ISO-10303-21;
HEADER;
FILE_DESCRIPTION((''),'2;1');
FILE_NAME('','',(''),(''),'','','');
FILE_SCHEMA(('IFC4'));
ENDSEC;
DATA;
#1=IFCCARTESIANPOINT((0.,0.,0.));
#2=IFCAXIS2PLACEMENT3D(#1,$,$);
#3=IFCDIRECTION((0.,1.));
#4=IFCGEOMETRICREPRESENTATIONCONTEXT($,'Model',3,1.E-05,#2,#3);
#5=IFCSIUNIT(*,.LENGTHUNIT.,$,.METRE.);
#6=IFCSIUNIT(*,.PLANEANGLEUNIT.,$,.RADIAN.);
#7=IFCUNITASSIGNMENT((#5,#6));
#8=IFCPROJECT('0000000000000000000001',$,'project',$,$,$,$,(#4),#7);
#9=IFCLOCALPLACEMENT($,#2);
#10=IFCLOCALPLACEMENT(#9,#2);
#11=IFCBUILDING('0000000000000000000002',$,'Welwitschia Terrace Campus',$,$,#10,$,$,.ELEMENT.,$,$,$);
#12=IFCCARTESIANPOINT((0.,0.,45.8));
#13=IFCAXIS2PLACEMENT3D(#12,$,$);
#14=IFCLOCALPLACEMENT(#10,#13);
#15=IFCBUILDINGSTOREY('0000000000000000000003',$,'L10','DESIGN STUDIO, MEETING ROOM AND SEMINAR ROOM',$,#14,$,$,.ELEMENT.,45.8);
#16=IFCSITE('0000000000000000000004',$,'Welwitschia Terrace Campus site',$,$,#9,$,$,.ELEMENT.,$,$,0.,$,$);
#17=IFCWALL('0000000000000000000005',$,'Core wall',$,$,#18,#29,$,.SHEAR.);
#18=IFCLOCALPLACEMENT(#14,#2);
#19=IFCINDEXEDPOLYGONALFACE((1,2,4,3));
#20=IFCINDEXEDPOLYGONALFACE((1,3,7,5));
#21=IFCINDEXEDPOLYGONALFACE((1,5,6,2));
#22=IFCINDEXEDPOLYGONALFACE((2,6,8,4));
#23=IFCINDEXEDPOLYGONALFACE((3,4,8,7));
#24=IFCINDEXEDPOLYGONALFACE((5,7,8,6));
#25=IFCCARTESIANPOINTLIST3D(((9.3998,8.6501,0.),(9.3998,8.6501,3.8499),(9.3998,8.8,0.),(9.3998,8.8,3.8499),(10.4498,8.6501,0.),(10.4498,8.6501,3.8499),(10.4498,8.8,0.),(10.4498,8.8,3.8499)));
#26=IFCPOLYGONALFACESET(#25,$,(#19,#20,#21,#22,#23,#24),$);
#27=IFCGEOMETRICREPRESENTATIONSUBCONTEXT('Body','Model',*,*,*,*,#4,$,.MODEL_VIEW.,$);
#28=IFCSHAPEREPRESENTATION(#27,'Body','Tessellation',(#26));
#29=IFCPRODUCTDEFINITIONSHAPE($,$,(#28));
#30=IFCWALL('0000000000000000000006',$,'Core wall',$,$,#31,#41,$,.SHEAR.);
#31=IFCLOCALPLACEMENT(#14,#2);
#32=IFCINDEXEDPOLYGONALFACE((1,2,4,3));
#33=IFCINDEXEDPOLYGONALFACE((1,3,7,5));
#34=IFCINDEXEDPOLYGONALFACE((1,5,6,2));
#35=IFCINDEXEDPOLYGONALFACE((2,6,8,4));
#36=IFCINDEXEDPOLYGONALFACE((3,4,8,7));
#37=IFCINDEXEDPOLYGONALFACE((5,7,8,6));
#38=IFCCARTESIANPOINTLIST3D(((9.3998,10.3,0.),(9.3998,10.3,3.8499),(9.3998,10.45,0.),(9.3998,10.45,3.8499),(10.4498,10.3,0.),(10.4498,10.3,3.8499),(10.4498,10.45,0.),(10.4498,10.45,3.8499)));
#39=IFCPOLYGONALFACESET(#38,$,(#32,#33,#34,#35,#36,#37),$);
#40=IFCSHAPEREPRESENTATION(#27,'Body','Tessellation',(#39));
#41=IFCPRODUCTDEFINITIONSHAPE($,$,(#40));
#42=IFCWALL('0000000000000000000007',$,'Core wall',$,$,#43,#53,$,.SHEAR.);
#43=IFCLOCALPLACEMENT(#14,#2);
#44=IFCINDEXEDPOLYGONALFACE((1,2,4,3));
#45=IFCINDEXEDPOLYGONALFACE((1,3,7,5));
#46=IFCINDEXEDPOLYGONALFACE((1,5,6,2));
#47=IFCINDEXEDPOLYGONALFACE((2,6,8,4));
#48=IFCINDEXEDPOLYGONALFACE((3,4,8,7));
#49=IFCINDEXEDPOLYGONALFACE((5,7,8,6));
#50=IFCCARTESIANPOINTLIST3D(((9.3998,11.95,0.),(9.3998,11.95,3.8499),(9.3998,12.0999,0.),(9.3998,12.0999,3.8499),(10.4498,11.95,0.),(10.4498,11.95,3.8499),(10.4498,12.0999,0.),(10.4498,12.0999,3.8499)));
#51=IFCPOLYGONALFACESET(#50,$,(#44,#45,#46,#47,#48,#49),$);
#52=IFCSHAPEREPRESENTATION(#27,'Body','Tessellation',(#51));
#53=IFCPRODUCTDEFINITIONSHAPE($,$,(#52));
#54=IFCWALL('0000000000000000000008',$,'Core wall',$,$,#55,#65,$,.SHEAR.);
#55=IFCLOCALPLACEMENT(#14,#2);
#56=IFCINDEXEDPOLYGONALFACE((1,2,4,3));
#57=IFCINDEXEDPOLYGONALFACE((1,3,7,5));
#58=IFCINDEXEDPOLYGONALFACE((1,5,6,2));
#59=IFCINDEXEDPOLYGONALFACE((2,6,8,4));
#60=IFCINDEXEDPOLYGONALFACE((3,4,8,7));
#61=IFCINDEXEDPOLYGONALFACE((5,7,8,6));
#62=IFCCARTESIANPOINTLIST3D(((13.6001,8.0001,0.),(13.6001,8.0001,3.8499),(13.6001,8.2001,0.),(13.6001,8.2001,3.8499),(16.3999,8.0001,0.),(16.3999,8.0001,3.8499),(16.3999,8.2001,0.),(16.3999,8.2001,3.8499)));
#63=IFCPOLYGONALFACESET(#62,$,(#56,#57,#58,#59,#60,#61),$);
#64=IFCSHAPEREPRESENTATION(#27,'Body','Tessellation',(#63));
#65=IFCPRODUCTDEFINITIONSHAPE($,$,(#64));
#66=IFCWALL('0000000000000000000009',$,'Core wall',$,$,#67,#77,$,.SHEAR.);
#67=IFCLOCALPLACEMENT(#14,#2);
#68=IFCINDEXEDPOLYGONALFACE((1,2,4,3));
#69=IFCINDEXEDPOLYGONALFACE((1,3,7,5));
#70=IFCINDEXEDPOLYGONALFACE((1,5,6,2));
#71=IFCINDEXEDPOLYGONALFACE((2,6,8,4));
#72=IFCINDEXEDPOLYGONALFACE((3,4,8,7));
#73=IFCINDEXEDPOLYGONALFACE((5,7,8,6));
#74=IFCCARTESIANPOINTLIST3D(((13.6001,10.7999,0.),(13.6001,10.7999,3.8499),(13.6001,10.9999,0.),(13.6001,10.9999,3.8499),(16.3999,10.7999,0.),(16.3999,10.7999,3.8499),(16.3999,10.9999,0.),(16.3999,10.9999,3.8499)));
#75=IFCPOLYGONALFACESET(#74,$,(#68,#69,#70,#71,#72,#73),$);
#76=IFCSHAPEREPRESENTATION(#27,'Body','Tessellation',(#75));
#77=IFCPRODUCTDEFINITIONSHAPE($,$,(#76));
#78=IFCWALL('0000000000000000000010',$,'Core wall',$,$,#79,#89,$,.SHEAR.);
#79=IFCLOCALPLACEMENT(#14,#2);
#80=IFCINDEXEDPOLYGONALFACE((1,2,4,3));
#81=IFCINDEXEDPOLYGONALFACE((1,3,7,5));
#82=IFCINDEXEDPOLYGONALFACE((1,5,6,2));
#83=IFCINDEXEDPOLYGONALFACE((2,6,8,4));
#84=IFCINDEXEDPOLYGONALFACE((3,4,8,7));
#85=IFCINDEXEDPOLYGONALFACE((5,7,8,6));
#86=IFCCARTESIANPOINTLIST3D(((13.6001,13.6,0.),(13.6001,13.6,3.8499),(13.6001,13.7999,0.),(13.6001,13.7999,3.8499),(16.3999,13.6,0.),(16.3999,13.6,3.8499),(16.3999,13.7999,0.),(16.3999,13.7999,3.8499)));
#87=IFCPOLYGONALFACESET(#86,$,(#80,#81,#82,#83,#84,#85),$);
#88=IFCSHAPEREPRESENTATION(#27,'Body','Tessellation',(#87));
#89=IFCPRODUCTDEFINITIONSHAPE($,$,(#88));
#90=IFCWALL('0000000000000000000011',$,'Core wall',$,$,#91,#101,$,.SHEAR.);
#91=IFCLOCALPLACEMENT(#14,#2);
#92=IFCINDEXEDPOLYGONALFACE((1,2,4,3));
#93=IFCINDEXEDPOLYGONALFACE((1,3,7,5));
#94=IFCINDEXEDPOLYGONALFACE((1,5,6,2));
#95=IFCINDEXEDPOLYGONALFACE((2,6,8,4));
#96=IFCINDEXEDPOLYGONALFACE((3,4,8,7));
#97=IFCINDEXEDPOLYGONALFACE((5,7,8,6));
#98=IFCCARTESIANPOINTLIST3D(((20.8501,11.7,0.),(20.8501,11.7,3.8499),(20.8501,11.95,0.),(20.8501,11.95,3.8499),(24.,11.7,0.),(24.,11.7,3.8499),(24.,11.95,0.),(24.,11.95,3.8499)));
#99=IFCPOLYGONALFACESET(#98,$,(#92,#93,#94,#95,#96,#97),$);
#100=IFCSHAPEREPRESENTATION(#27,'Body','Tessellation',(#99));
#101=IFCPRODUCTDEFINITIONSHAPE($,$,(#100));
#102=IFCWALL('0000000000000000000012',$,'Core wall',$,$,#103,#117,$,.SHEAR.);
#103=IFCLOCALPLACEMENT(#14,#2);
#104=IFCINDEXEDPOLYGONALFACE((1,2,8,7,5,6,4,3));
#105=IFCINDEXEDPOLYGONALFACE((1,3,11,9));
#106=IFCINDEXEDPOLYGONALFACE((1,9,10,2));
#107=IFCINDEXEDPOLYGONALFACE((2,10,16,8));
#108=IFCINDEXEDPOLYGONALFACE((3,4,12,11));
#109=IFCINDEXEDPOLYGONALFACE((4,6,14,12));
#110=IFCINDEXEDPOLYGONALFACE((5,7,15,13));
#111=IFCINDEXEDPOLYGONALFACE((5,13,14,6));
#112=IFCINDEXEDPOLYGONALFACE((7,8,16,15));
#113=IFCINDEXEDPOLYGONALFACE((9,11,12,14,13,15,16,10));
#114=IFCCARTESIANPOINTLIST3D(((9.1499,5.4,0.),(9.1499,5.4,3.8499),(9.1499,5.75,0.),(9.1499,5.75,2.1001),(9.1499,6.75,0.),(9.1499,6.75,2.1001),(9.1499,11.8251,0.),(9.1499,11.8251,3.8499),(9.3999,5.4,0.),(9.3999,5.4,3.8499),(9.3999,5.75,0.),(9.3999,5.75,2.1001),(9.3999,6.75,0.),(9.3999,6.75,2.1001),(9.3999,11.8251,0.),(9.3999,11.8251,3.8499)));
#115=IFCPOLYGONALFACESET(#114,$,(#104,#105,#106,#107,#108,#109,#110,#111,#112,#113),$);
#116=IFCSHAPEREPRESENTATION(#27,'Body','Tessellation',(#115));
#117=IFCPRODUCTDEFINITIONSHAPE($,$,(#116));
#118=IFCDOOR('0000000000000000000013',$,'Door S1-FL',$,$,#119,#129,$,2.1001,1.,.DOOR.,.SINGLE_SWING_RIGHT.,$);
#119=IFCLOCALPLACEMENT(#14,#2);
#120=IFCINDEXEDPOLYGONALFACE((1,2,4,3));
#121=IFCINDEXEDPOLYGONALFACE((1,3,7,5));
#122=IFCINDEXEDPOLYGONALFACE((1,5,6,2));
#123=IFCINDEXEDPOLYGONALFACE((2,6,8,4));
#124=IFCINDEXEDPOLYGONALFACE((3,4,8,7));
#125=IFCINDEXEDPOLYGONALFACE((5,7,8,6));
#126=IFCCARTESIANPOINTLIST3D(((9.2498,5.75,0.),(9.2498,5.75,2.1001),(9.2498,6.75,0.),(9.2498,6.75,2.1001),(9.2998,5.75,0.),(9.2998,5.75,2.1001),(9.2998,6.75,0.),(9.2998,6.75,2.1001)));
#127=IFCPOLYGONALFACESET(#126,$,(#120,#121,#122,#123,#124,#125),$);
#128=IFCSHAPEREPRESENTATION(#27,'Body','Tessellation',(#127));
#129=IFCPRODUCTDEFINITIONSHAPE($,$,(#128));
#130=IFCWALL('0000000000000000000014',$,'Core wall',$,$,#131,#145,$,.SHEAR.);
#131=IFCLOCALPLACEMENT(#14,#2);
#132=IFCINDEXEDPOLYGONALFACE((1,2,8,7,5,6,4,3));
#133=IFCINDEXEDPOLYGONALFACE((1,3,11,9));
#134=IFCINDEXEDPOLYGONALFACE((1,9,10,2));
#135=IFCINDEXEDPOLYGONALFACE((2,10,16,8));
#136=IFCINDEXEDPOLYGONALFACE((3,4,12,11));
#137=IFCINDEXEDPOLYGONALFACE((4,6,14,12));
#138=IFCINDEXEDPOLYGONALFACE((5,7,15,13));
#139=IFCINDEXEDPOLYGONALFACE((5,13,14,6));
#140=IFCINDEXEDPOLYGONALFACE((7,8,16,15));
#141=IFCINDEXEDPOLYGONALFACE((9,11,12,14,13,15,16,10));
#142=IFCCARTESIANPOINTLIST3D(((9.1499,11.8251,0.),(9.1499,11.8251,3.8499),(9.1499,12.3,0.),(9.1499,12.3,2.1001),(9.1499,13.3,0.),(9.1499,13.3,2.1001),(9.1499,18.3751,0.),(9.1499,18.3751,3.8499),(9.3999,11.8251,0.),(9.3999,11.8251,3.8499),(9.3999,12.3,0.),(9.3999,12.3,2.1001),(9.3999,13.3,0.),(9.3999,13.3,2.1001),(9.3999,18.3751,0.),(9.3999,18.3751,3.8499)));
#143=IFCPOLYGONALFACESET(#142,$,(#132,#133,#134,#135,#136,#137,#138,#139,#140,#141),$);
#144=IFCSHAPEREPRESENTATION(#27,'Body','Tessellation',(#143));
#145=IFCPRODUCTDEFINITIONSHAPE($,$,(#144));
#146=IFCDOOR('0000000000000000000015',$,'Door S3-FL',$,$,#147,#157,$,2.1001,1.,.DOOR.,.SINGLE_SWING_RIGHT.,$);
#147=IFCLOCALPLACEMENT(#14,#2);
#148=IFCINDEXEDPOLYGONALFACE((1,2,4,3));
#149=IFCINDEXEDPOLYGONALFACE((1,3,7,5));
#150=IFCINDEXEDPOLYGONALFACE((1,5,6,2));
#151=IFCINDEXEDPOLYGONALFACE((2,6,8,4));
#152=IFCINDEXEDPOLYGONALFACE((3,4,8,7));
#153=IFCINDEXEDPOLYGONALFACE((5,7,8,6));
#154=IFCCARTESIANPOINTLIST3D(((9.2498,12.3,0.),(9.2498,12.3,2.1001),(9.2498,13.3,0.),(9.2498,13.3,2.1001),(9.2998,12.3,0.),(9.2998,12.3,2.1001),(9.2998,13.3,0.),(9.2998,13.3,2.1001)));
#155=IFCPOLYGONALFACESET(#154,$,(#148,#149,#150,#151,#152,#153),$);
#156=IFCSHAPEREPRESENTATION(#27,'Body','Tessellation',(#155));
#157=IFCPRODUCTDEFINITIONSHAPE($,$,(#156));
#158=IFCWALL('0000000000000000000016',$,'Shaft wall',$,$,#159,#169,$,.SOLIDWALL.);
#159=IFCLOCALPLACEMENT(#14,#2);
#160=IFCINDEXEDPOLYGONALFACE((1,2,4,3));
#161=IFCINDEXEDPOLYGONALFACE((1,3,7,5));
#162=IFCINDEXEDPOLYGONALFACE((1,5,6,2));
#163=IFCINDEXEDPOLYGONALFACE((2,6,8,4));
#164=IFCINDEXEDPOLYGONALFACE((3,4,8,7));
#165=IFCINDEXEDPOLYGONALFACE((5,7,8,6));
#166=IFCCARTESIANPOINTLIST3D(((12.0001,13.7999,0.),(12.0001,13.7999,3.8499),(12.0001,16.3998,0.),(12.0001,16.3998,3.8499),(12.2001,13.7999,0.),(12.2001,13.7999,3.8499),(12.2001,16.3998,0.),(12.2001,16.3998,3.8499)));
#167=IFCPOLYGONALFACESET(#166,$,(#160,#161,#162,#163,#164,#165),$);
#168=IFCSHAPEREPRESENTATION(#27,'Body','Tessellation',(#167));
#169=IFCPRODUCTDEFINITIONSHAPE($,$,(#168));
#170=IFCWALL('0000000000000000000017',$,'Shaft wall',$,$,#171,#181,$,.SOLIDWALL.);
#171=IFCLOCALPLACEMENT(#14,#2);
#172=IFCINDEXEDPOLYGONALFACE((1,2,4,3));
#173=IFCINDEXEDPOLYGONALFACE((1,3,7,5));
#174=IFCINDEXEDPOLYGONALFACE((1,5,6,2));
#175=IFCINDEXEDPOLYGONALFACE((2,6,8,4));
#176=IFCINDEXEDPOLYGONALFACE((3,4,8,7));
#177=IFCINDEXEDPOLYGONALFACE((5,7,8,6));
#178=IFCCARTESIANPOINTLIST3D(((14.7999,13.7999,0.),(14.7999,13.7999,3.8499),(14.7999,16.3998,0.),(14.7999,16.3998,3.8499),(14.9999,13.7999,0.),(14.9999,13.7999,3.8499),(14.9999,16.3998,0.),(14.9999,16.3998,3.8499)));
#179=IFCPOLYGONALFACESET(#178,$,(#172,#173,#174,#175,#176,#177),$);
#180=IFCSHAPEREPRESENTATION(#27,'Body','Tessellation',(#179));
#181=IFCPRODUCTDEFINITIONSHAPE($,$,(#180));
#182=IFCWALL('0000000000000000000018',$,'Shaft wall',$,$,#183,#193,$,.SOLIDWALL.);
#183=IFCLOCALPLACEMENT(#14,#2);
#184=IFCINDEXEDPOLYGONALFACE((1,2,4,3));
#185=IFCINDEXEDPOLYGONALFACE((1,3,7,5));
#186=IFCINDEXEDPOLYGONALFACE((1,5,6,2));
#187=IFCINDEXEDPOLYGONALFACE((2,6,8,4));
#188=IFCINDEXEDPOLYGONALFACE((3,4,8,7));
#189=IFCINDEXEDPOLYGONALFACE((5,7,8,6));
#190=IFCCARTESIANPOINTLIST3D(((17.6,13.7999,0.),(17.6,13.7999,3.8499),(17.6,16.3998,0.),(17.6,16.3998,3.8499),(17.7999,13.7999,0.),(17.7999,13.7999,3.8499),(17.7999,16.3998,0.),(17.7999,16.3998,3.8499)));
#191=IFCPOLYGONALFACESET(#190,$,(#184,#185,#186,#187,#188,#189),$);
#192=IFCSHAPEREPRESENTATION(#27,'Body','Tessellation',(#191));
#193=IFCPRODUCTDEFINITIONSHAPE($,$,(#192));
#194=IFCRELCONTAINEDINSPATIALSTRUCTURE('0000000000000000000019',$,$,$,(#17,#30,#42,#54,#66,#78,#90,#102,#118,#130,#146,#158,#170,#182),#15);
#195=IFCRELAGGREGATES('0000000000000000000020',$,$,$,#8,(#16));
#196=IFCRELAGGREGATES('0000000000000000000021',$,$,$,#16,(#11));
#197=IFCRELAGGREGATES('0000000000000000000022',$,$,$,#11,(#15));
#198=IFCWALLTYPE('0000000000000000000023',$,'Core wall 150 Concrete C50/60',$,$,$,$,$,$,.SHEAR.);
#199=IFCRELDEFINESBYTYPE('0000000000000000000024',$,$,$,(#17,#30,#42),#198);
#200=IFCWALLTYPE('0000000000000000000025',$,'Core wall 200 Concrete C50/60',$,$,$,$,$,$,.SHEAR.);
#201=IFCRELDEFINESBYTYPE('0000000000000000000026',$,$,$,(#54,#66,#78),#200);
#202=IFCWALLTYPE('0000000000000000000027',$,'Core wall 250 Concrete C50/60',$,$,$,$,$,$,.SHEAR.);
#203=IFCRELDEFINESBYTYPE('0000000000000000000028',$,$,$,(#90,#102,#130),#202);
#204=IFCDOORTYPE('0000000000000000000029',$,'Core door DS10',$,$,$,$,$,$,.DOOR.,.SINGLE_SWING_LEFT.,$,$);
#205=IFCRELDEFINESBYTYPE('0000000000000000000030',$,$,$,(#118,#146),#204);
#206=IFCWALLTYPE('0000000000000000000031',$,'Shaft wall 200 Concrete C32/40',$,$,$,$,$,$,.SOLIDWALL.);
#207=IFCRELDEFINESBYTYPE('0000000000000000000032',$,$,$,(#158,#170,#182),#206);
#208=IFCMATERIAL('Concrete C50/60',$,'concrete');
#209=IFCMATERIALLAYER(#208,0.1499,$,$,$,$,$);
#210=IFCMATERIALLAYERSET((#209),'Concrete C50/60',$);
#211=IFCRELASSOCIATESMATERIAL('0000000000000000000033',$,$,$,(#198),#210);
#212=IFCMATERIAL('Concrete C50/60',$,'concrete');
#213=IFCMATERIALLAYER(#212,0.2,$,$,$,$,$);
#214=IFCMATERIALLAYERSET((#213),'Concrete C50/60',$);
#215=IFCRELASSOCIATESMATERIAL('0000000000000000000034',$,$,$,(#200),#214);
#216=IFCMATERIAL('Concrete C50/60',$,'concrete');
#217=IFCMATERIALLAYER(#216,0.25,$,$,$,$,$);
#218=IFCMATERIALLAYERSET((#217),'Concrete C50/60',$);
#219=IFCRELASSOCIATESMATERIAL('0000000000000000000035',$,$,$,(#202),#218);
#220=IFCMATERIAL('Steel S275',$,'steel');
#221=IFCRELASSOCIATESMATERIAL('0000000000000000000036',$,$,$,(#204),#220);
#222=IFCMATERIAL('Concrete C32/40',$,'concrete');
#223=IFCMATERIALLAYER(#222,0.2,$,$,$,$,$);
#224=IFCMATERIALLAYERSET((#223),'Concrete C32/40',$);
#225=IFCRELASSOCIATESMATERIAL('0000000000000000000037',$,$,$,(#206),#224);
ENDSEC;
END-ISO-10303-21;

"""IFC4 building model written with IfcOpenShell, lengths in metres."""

from ifc_helpers import new_model, si_unit, direction, frame, frame_2d, origin, place, context, subcontext, project, spatial, rectangle, extrude, material, layer, layer_set, type_object, element, fill, save


model = new_model("IFC4")

# Units and contexts
model_context = context("Model", 3, precision=1e-05, world=origin(), true_north=direction((0.0, 1.0)))
body_context = subcontext(model_context, "Body", "Model", "MODEL_VIEW")
ifc_project = project(units=[si_unit("LENGTHUNIT", "METRE"), si_unit("PLANEANGLEUNIT", "RADIAN")], contexts=[model_context])

# Site, building, storey
site_placement = place(None, origin())
site = spatial("IfcSite", under=ifc_project, at=site_placement, Name="Welwitschia Terrace Campus site", CompositionType="ELEMENT", RefElevation=0.0)
building_placement = place(site_placement, origin())
building = spatial("IfcBuilding", under=site, at=building_placement, Name="Welwitschia Terrace Campus", CompositionType="ELEMENT")
storey_placement = place(building_placement, frame((0.0, 0.0, 45.8)))
storey = spatial("IfcBuildingStorey", under=building, at=storey_placement, Name="L10", Description="DESIGN STUDIO, MEETING ROOM AND SEMINAR ROOM", CompositionType="ELEMENT", Elevation=45.8)

# Walls
ifc_material_1 = material(Name="Concrete C50/60", Category="concrete")
ifc_layer_1 = layer(ifc_material_1, 0.1499)
ifc_layer_set_1 = layer_set([ifc_layer_1], Name="Concrete C50/60")
wall_type_1 = type_object("IfcWallType", Name="Core wall 150 Concrete C50/60", PredefinedType="SHEAR", material=ifc_layer_set_1)
for number, where, z_axis, x_axis, name in (
    (1, (9.3999, 8.7251, 0.0), (0.0, 0.0, 1.0), (1.0, 0.0, 0.0), "Core wall"),
    (2, (9.3999, 10.375, 0.0), (0.0, 0.0, 1.0), (1.0, 0.0, 0.0), "Core wall"),
    (3, (9.3999, 12.0249, 0.0), (0.0, 0.0, 1.0), (1.0, 0.0, 0.0), "Core wall"),
):
    element("IfcWall", number, at=place(storey_placement, frame(where, z_axis=z_axis, x_axis=x_axis)), inside=storey, type_object=wall_type_1, Name=name, PredefinedType="SHEAR", context=body_context, shape_type="SweptSolid", body=[
        extrude(rectangle(XDim=1.05, YDim=0.1499, at=frame_2d((0.5249, 0.0))), origin(), (0.0, 0.0, 1.0), 3.8499),
    ])
ifc_material_2 = material(Name="Concrete C50/60", Category="concrete")
ifc_layer_2 = layer(ifc_material_2, 0.2)
ifc_layer_set_2 = layer_set([ifc_layer_2], Name="Concrete C50/60")
wall_type_2 = type_object("IfcWallType", Name="Core wall 200 Concrete C50/60", PredefinedType="SHEAR", material=ifc_layer_set_2)
for number, where, z_axis, x_axis, name in (
    (4, (13.6001, 8.1001, 0.0), (0.0, 0.0, 1.0), (1.0, 0.0, 0.0), "Core wall"),
    (5, (13.6001, 10.8999, 0.0), (0.0, 0.0, 1.0), (1.0, 0.0, 0.0), "Core wall"),
    (6, (13.6001, 13.7, 0.0), (0.0, 0.0, 1.0), (1.0, 0.0, 0.0), "Core wall"),
):
    element("IfcWall", number, at=place(storey_placement, frame(where, z_axis=z_axis, x_axis=x_axis)), inside=storey, type_object=wall_type_2, Name=name, PredefinedType="SHEAR", context=body_context, shape_type="SweptSolid", body=[
        extrude(rectangle(XDim=2.7998, YDim=0.2, at=frame_2d((1.3999, 0.0))), origin(), (0.0, 0.0, 1.0), 3.8499),
    ])
ifc_material_3 = material(Name="Concrete C50/60", Category="concrete")
ifc_layer_3 = layer(ifc_material_3, 0.25)
ifc_layer_set_3 = layer_set([ifc_layer_3], Name="Concrete C50/60")
wall_type_3 = type_object("IfcWallType", Name="Core wall 250 Concrete C50/60", PredefinedType="SHEAR", material=ifc_layer_set_3)
wall_1_placement = place(storey_placement, frame((20.8501, 11.825, 0.0), z_axis=(0.0, 0.0, 1.0), x_axis=(1.0, 0.0, 0.0)))
element("IfcWall", 7, at=wall_1_placement, inside=storey, type_object=wall_type_3, Name="Core wall", PredefinedType="SHEAR", context=body_context, shape_type="SweptSolid", body=[
    extrude(rectangle(XDim=3.1499, YDim=0.25, at=frame_2d((1.575, 0.0))), origin(), (0.0, 0.0, 1.0), 3.8499),
])

# Walls, openings, doors
wall_2_placement = place(storey_placement, frame((9.2749, 11.825, 0.0), z_axis=(0.0, 0.0, 1.0), x_axis=(0.0, -1.0, 0.0)))
wall_2 = element("IfcWall", 8, at=wall_2_placement, inside=storey, type_object=wall_type_3, Name="Core wall", PredefinedType="SHEAR", context=body_context, shape_type="SweptSolid", body=[
    extrude(rectangle(XDim=6.425, YDim=0.25, at=frame_2d((3.2124, 0.0))), origin(), (0.0, 0.0, 1.0), 3.8499),
])
opening_1_placement = place(wall_2_placement, frame((5.075, 0.0, 0.0)))
opening_1 = element("IfcOpeningElement", 9, at=opening_1_placement, cuts=wall_2, PredefinedType="OPENING", context=body_context, shape_type="SweptSolid", body=[
    extrude(rectangle(XDim=1.0, YDim=2.1001, at=frame_2d((0.5, 1.05))), frame((0.0, 0.135, 0.0), z_axis=(0.0, -1.0, 0.0), x_axis=(1.0, 0.0, 0.0)), (0.0, 0.0, 1.0), 0.27),
])
ifc_material_4 = material(Name="Steel S275", Category="steel")
door_type_1 = type_object("IfcDoorType", Name="Core door DS10", OperationType="SINGLE_SWING_LEFT", PredefinedType="DOOR", material=ifc_material_4)
door_1_placement = place(opening_1_placement, origin())
door_1 = element("IfcDoor", 10, at=door_1_placement, inside=storey, type_object=door_type_1, Name="Door S1-FL", OperationType="SINGLE_SWING_RIGHT", OverallHeight=2.1001, OverallWidth=1.0, PredefinedType="DOOR", context=body_context, shape_type="SweptSolid", body=[
    extrude(rectangle(XDim=1.0, YDim=2.1001, at=frame_2d((0.5, 1.05))), frame((0.0, 0.0249, 0.0), z_axis=(0.0, -1.0, 0.0), x_axis=(1.0, 0.0, 0.0)), (0.0, 0.0, 1.0), 0.05),
])
fill(opening_1, door_1)
wall_3_placement = place(storey_placement, frame((9.2749, 18.375, 0.0), z_axis=(0.0, 0.0, 1.0), x_axis=(0.0, -1.0, 0.0)))
wall_3 = element("IfcWall", 11, at=wall_3_placement, inside=storey, type_object=wall_type_3, Name="Core wall", PredefinedType="SHEAR", context=body_context, shape_type="SweptSolid", body=[
    extrude(rectangle(XDim=6.55, YDim=0.25, at=frame_2d((3.2749, 0.0))), origin(), (0.0, 0.0, 1.0), 3.8499),
])
opening_2_placement = place(wall_3_placement, frame((5.075, 0.0, 0.0)))
opening_2 = element("IfcOpeningElement", 12, at=opening_2_placement, cuts=wall_3, PredefinedType="OPENING", context=body_context, shape_type="SweptSolid", body=[
    extrude(rectangle(XDim=1.0, YDim=2.1001, at=frame_2d((0.5, 1.05))), frame((0.0, 0.135, 0.0), z_axis=(0.0, -1.0, 0.0), x_axis=(1.0, 0.0, 0.0)), (0.0, 0.0, 1.0), 0.27),
])
door_2_placement = place(opening_2_placement, origin())
door_2 = element("IfcDoor", 13, at=door_2_placement, inside=storey, type_object=door_type_1, Name="Door S3-FL", OperationType="SINGLE_SWING_RIGHT", OverallHeight=2.1001, OverallWidth=1.0, PredefinedType="DOOR", context=body_context, shape_type="SweptSolid", body=[
    extrude(rectangle(XDim=1.0, YDim=2.1001, at=frame_2d((0.5, 1.05))), frame((0.0, 0.0249, 0.0), z_axis=(0.0, -1.0, 0.0), x_axis=(1.0, 0.0, 0.0)), (0.0, 0.0, 1.0), 0.05),
])
fill(opening_2, door_2)

# Walls
ifc_material_5 = material(Name="Concrete C32/40", Category="concrete")
ifc_layer_4 = layer(ifc_material_5, 0.2)
ifc_layer_set_4 = layer_set([ifc_layer_4], Name="Concrete C32/40")
wall_type_4 = type_object("IfcWallType", Name="Shaft wall 200 Concrete C32/40", PredefinedType="SOLIDWALL", material=ifc_layer_set_4)
for number, where, z_axis, x_axis, name in (
    (14, (12.1001, 13.8, 0.0), (0.0, 0.0, 1.0), (0.0, 1.0, 0.0), "Shaft wall"),
    (15, (14.8999, 13.8, 0.0), (0.0, 0.0, 1.0), (0.0, 1.0, 0.0), "Shaft wall"),
    (16, (17.7, 13.8, 0.0), (0.0, 0.0, 1.0), (0.0, 1.0, 0.0), "Shaft wall"),
):
    element("IfcWall", number, at=place(storey_placement, frame(where, z_axis=z_axis, x_axis=x_axis)), inside=storey, type_object=wall_type_4, Name=name, PredefinedType="SOLIDWALL", context=body_context, shape_type="SweptSolid", body=[
        extrude(rectangle(XDim=2.5999, YDim=0.2, at=frame_2d((1.2998, 0.0))), origin(), (0.0, 0.0, 1.0), 3.8499),
    ])

save(model, "model.ifc")
